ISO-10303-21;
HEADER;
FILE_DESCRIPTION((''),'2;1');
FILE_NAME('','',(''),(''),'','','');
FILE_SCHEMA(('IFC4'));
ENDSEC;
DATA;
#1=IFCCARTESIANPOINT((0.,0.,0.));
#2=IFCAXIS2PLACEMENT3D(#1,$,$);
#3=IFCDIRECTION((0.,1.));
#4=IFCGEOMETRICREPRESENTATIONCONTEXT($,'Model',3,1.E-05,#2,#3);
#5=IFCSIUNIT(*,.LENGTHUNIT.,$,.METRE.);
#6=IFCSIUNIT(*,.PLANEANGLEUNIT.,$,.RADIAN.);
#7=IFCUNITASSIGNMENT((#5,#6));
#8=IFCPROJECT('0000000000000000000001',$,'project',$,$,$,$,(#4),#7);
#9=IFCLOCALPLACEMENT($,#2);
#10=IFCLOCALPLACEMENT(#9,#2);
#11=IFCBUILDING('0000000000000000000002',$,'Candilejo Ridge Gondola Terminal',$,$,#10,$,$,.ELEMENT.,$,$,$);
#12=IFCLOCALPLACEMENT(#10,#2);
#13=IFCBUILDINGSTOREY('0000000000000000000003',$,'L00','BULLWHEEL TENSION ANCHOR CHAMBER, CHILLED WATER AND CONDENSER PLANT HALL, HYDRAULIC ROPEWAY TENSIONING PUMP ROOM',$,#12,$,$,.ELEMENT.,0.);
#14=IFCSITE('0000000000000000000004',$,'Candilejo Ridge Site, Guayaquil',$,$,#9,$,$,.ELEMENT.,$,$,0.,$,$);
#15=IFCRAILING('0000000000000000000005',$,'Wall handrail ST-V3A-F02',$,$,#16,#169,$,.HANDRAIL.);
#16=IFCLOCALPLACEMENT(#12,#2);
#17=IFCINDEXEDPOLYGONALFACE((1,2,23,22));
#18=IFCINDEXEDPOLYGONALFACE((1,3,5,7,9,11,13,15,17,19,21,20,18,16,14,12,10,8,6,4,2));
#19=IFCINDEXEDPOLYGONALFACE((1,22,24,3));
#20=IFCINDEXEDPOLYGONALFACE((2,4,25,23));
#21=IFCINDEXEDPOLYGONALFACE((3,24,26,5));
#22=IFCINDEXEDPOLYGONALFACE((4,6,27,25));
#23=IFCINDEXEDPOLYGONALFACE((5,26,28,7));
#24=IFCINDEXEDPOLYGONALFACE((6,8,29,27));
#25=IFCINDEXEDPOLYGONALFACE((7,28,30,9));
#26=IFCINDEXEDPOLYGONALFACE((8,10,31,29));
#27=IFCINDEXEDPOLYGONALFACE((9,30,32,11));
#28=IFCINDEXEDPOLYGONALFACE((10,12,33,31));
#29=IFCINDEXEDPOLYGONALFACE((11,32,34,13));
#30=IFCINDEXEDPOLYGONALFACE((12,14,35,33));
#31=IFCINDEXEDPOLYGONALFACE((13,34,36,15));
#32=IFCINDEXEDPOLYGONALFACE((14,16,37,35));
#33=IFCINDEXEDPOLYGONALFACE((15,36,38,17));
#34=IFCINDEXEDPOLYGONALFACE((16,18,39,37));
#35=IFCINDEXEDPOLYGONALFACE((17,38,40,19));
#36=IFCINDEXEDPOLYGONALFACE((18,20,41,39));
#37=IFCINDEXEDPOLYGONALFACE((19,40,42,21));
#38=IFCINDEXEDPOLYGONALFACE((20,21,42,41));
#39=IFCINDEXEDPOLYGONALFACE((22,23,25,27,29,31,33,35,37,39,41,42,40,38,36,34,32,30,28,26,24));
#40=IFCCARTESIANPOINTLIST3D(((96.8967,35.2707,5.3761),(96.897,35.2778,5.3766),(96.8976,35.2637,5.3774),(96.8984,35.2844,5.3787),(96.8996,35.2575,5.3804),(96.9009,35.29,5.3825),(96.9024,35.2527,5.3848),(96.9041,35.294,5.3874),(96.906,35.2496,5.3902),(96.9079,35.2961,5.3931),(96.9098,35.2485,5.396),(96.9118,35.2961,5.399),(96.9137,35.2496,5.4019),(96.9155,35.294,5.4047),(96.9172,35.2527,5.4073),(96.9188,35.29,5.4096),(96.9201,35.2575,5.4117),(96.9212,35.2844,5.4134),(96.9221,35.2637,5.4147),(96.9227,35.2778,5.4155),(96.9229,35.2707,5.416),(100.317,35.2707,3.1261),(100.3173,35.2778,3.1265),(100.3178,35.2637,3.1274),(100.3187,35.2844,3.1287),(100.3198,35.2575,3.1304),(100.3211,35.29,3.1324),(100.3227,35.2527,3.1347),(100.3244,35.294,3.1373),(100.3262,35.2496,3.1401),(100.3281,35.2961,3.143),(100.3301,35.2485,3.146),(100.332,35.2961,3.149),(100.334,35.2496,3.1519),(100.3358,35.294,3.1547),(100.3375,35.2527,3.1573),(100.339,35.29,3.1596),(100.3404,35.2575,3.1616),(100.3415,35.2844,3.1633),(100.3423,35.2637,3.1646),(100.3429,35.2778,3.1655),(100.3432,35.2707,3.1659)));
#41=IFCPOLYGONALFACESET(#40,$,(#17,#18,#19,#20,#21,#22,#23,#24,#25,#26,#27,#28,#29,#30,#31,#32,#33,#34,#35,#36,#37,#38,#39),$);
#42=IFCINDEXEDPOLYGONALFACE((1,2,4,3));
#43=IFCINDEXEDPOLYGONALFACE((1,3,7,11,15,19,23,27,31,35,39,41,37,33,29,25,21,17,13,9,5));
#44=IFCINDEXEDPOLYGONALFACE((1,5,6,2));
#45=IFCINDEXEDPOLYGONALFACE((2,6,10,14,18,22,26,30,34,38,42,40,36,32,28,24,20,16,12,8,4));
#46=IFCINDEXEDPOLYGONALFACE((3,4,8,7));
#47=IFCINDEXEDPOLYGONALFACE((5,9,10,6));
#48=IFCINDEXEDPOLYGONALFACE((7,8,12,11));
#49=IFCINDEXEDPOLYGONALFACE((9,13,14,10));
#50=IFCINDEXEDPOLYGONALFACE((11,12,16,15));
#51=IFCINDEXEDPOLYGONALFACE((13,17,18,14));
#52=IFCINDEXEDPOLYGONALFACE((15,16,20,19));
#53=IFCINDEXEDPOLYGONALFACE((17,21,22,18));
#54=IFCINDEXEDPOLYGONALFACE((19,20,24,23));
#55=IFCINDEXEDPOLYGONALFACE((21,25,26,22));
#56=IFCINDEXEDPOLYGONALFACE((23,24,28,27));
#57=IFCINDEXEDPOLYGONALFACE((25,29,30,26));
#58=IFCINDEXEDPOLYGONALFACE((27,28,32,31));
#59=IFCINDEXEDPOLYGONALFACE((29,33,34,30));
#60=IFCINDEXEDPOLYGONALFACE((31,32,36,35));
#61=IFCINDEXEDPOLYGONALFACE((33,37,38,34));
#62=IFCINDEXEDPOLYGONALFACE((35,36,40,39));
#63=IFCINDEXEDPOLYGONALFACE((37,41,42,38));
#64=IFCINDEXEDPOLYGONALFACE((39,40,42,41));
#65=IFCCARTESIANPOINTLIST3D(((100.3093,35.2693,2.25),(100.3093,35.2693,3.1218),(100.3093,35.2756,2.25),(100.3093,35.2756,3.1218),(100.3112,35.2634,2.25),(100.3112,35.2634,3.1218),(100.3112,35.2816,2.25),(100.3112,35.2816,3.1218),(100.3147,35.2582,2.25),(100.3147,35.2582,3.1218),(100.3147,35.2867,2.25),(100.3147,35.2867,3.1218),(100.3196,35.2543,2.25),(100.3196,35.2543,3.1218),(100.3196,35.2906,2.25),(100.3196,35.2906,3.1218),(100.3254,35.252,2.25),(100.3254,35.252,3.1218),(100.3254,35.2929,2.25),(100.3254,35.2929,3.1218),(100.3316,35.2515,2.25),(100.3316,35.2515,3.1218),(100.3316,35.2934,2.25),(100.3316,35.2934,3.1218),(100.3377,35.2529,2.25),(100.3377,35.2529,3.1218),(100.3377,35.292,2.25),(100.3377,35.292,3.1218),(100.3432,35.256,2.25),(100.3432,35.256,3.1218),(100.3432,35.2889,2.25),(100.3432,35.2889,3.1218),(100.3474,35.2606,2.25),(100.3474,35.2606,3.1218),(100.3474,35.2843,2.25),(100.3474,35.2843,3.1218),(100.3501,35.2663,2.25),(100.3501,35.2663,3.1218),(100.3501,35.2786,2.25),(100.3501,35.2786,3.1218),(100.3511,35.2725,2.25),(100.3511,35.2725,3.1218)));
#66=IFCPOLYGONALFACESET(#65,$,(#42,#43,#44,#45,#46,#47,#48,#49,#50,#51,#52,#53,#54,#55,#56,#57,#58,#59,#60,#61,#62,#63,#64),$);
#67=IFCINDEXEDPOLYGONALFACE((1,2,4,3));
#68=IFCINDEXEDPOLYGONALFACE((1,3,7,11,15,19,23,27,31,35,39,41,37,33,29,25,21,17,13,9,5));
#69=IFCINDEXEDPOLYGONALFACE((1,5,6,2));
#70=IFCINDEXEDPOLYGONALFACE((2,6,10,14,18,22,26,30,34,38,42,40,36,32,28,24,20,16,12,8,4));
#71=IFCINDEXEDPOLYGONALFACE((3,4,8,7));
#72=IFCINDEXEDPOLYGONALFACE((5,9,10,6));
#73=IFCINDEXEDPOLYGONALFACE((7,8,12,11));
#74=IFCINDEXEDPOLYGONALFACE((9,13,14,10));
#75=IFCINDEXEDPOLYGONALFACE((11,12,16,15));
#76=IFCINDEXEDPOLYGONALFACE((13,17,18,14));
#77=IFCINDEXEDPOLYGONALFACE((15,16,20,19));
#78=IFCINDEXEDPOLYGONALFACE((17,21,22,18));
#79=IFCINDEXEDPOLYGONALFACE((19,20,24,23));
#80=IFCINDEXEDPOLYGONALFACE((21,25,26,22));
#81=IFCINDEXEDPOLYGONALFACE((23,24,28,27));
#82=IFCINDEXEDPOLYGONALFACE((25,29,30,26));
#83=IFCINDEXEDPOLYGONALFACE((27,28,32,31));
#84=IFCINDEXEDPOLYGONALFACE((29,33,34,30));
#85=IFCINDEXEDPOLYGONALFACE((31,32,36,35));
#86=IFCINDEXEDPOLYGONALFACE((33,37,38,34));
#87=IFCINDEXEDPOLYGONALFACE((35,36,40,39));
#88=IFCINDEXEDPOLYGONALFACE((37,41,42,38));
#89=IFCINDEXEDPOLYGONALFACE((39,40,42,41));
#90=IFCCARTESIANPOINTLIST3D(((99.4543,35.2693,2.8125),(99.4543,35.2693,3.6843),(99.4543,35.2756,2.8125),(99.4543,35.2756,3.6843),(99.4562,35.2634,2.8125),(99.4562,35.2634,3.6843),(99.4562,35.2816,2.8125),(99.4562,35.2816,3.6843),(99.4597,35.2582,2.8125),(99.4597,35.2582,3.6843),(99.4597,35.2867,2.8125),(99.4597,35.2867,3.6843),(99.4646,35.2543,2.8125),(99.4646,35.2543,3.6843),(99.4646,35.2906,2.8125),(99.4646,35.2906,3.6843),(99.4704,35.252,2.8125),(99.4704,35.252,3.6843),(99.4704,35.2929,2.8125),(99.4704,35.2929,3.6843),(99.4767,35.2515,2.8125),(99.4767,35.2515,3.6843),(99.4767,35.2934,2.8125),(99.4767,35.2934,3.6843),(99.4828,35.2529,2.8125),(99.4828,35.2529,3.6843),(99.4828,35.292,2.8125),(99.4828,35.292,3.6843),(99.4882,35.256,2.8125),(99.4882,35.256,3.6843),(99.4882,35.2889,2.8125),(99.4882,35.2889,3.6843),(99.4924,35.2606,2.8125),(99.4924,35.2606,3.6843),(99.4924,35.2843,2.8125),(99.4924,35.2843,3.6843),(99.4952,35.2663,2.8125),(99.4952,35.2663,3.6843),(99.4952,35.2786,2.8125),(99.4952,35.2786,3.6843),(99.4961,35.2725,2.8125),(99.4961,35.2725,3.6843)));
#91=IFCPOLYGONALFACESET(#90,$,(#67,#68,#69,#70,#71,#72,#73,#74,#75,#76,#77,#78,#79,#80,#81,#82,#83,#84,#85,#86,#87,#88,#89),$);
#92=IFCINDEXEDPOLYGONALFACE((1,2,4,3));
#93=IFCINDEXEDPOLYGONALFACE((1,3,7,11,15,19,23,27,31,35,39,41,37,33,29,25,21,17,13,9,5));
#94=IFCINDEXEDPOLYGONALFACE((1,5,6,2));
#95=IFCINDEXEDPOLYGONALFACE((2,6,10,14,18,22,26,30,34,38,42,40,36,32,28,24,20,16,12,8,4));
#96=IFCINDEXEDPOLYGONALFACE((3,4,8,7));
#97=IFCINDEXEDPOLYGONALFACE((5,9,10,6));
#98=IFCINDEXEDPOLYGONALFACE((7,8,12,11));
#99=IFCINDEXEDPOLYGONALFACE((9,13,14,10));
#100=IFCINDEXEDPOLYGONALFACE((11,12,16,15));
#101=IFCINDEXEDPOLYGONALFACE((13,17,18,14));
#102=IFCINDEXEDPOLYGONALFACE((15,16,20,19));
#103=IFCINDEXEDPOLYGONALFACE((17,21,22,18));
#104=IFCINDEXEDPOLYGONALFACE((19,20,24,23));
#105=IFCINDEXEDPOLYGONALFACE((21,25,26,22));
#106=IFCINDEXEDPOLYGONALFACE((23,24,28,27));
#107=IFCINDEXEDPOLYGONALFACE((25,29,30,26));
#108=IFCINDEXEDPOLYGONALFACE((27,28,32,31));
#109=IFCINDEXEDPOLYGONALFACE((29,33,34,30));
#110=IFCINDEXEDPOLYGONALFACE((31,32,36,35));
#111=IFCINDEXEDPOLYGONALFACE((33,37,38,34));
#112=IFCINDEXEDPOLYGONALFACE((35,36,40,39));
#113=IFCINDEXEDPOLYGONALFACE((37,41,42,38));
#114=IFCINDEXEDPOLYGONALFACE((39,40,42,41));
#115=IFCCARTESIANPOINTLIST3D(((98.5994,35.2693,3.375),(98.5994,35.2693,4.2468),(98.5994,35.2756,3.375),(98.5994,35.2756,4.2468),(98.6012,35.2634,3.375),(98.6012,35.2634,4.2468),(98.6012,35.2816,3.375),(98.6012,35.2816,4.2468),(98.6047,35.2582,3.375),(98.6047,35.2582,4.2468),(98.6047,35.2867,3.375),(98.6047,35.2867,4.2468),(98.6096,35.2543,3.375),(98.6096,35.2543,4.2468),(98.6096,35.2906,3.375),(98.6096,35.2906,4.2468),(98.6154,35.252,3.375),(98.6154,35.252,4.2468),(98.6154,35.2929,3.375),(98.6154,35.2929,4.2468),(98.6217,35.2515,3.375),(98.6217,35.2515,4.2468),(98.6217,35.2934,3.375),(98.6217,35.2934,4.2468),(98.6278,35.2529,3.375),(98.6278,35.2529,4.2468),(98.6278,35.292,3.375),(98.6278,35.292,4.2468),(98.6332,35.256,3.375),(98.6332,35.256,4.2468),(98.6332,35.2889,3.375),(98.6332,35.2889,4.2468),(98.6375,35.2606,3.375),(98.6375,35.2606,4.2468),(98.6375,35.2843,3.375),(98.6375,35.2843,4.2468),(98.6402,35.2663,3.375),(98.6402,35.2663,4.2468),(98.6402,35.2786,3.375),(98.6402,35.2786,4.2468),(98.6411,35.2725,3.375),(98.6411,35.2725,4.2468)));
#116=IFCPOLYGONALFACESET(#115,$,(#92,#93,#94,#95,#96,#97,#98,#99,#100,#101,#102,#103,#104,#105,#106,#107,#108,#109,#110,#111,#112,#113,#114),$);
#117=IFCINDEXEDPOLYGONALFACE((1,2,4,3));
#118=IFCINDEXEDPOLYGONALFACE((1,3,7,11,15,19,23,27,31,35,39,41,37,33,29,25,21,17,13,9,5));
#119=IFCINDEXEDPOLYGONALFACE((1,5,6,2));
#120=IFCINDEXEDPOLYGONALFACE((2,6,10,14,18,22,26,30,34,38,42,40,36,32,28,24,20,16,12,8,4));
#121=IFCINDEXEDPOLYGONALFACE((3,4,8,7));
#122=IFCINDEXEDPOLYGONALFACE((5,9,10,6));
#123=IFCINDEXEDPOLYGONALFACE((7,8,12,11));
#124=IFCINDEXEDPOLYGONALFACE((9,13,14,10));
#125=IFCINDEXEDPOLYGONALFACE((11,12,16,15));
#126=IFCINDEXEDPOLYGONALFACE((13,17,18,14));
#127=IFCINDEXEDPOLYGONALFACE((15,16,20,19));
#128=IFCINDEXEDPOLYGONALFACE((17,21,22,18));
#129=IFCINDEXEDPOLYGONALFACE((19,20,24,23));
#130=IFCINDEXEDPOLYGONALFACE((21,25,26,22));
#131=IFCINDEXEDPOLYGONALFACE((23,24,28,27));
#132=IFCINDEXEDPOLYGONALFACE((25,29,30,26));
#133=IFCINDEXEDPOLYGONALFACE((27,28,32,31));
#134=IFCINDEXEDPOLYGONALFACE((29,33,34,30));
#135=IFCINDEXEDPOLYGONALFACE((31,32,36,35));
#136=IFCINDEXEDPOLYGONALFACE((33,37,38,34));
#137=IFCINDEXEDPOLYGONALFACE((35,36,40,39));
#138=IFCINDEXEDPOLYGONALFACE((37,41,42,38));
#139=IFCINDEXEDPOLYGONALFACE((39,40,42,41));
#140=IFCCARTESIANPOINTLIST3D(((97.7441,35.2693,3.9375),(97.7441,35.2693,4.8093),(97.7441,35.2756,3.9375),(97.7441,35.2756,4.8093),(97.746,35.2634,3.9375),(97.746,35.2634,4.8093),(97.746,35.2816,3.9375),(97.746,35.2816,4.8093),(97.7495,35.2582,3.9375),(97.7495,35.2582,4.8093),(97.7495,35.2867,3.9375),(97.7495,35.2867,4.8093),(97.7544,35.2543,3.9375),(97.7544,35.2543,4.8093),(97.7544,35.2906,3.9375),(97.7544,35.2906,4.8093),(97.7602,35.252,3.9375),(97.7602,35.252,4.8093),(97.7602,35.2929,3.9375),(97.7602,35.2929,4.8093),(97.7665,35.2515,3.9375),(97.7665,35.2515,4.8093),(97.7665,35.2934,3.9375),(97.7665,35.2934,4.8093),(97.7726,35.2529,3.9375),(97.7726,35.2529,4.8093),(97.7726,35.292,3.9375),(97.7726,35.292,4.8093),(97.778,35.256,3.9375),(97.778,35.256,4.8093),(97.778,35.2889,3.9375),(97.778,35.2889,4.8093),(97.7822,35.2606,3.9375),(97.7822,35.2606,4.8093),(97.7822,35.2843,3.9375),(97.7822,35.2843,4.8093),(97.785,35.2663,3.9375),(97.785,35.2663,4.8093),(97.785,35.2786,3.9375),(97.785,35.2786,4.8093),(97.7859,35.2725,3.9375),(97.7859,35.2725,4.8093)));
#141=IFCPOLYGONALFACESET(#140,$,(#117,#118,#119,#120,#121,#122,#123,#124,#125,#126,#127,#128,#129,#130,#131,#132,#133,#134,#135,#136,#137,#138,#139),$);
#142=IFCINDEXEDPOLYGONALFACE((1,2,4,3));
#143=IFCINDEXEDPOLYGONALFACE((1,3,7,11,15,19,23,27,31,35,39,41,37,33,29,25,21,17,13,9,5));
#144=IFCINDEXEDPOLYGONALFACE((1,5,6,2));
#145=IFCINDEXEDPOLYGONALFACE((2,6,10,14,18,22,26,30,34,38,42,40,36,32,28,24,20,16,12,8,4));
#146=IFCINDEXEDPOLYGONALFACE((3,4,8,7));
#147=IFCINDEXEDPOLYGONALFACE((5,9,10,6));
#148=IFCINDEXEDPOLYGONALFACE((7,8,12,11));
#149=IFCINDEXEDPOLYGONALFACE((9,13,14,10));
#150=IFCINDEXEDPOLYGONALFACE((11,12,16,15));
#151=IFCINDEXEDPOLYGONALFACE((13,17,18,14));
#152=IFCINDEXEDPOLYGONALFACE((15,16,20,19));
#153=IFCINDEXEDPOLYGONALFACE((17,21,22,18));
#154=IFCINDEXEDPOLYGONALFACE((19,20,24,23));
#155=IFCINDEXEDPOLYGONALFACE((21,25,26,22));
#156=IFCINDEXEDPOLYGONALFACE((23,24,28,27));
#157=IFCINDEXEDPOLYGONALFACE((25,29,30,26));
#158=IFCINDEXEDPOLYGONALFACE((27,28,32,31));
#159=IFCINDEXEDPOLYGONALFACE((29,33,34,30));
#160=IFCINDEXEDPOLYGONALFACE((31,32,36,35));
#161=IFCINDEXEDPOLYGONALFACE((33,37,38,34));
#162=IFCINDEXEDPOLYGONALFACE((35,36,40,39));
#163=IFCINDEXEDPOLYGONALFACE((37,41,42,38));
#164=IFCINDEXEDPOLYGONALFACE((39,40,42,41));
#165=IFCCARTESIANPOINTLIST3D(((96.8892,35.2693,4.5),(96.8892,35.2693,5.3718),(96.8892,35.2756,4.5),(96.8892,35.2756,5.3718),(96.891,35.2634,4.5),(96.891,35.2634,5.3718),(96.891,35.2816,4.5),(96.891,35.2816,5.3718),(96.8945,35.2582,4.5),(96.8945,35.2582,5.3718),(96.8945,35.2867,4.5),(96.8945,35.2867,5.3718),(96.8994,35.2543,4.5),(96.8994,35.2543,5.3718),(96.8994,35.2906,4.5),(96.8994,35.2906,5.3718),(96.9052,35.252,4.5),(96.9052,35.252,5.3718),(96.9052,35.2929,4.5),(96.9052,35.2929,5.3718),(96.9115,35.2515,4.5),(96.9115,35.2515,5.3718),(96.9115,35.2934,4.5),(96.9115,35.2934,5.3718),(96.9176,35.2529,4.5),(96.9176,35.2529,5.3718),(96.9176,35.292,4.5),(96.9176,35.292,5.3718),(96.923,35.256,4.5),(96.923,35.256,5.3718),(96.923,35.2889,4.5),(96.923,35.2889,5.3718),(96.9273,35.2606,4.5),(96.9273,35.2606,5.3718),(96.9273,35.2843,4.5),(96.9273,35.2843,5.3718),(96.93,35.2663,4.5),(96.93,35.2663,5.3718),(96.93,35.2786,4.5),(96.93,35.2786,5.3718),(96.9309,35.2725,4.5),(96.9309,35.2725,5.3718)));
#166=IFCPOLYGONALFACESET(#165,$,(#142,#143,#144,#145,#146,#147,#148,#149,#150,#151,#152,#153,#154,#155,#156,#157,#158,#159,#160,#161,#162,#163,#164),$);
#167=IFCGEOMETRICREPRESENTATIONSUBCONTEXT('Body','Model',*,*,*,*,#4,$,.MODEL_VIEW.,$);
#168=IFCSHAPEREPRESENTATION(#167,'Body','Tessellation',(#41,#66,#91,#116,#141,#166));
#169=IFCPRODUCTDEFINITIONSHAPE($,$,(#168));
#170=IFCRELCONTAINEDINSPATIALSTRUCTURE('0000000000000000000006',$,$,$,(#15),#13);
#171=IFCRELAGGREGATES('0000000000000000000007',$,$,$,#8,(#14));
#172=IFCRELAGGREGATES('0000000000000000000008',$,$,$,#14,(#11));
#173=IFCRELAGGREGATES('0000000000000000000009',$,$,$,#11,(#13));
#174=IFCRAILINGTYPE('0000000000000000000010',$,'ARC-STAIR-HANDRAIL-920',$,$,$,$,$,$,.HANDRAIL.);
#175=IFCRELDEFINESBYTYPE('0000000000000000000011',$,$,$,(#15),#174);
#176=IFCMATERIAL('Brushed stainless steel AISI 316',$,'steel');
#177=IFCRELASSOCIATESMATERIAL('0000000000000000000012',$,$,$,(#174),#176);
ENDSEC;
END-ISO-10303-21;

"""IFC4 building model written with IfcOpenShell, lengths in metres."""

from ifc_helpers import new_model, si_unit, direction, frame, origin, origin_2d, place, context, subcontext, project, spatial, circle, extrude, material, type_object, element, save


model = new_model("IFC4")

# Units and contexts
model_context = context("Model", 3, precision=1e-05, world=origin(), true_north=direction((0.0, 1.0)))
body_context = subcontext(model_context, "Body", "Model", "MODEL_VIEW")
ifc_project = project(units=[si_unit("LENGTHUNIT", "METRE"), si_unit("PLANEANGLEUNIT", "RADIAN")], contexts=[model_context])

# Site, building, storey
site_placement = place(None, origin())
site = spatial("IfcSite", under=ifc_project, at=site_placement, Name="Candilejo Ridge Site, Guayaquil", CompositionType="ELEMENT", RefElevation=0.0)
building_placement = place(site_placement, origin())
building = spatial("IfcBuilding", under=site, at=building_placement, Name="Candilejo Ridge Gondola Terminal", CompositionType="ELEMENT")
storey_placement = place(building_placement, origin())
storey = spatial("IfcBuildingStorey", under=building, at=storey_placement, Name="L00", Description="BULLWHEEL TENSION ANCHOR CHAMBER, CHILLED WATER AND CONDENSER PLANT HALL, HYDRAULIC ROPEWAY TENSIONING PUMP ROOM", CompositionType="ELEMENT", Elevation=0.0)

# Railing
ifc_material_1 = material(Name="Brushed stainless steel AISI 316", Category="steel")
railing_type_1 = type_object("IfcRailingType", Name="ARC-STAIR-HANDRAIL-920", PredefinedType="HANDRAIL", material=ifc_material_1)
railing_1_placement = place(storey_placement, frame((100.3301, 35.2725, 2.25)))
element("IfcRailing", 1, at=railing_1_placement, inside=storey, type_object=railing_type_1, Name="Wall handrail ST-V3A-F02", PredefinedType="HANDRAIL", context=body_context, shape_type="SweptSolid", body=[
    extrude(circle(Radius=0.0239, at=origin_2d()), frame((0.0, 0.0, 0.896), z_axis=(-0.835429, 0.0, 0.549598), x_axis=(0.0, -1.0, 0.0)), (0.0, 0.0, 1.0), 4.094),
    extrude(circle(Radius=0.021, at=origin_2d()), origin(), (0.0, 0.0, 1.0), 0.8718),
    extrude(circle(Radius=0.021, at=origin_2d()), frame((-0.855, 0.0, 0.5625)), (0.0, 0.0, 1.0), 0.8718),
    extrude(circle(Radius=0.021, at=origin_2d()), frame((-1.71, 0.0, 1.125)), (0.0, 0.0, 1.0), 0.8718),
    extrude(circle(Radius=0.021, at=origin_2d()), frame((-2.5652, 0.0, 1.6875)), (0.0, 0.0, 1.0), 0.8718),
    extrude(circle(Radius=0.021, at=origin_2d()), frame((-3.4202, 0.0, 2.25)), (0.0, 0.0, 1.0), 0.8718),
])

save(model, "model.ifc")
